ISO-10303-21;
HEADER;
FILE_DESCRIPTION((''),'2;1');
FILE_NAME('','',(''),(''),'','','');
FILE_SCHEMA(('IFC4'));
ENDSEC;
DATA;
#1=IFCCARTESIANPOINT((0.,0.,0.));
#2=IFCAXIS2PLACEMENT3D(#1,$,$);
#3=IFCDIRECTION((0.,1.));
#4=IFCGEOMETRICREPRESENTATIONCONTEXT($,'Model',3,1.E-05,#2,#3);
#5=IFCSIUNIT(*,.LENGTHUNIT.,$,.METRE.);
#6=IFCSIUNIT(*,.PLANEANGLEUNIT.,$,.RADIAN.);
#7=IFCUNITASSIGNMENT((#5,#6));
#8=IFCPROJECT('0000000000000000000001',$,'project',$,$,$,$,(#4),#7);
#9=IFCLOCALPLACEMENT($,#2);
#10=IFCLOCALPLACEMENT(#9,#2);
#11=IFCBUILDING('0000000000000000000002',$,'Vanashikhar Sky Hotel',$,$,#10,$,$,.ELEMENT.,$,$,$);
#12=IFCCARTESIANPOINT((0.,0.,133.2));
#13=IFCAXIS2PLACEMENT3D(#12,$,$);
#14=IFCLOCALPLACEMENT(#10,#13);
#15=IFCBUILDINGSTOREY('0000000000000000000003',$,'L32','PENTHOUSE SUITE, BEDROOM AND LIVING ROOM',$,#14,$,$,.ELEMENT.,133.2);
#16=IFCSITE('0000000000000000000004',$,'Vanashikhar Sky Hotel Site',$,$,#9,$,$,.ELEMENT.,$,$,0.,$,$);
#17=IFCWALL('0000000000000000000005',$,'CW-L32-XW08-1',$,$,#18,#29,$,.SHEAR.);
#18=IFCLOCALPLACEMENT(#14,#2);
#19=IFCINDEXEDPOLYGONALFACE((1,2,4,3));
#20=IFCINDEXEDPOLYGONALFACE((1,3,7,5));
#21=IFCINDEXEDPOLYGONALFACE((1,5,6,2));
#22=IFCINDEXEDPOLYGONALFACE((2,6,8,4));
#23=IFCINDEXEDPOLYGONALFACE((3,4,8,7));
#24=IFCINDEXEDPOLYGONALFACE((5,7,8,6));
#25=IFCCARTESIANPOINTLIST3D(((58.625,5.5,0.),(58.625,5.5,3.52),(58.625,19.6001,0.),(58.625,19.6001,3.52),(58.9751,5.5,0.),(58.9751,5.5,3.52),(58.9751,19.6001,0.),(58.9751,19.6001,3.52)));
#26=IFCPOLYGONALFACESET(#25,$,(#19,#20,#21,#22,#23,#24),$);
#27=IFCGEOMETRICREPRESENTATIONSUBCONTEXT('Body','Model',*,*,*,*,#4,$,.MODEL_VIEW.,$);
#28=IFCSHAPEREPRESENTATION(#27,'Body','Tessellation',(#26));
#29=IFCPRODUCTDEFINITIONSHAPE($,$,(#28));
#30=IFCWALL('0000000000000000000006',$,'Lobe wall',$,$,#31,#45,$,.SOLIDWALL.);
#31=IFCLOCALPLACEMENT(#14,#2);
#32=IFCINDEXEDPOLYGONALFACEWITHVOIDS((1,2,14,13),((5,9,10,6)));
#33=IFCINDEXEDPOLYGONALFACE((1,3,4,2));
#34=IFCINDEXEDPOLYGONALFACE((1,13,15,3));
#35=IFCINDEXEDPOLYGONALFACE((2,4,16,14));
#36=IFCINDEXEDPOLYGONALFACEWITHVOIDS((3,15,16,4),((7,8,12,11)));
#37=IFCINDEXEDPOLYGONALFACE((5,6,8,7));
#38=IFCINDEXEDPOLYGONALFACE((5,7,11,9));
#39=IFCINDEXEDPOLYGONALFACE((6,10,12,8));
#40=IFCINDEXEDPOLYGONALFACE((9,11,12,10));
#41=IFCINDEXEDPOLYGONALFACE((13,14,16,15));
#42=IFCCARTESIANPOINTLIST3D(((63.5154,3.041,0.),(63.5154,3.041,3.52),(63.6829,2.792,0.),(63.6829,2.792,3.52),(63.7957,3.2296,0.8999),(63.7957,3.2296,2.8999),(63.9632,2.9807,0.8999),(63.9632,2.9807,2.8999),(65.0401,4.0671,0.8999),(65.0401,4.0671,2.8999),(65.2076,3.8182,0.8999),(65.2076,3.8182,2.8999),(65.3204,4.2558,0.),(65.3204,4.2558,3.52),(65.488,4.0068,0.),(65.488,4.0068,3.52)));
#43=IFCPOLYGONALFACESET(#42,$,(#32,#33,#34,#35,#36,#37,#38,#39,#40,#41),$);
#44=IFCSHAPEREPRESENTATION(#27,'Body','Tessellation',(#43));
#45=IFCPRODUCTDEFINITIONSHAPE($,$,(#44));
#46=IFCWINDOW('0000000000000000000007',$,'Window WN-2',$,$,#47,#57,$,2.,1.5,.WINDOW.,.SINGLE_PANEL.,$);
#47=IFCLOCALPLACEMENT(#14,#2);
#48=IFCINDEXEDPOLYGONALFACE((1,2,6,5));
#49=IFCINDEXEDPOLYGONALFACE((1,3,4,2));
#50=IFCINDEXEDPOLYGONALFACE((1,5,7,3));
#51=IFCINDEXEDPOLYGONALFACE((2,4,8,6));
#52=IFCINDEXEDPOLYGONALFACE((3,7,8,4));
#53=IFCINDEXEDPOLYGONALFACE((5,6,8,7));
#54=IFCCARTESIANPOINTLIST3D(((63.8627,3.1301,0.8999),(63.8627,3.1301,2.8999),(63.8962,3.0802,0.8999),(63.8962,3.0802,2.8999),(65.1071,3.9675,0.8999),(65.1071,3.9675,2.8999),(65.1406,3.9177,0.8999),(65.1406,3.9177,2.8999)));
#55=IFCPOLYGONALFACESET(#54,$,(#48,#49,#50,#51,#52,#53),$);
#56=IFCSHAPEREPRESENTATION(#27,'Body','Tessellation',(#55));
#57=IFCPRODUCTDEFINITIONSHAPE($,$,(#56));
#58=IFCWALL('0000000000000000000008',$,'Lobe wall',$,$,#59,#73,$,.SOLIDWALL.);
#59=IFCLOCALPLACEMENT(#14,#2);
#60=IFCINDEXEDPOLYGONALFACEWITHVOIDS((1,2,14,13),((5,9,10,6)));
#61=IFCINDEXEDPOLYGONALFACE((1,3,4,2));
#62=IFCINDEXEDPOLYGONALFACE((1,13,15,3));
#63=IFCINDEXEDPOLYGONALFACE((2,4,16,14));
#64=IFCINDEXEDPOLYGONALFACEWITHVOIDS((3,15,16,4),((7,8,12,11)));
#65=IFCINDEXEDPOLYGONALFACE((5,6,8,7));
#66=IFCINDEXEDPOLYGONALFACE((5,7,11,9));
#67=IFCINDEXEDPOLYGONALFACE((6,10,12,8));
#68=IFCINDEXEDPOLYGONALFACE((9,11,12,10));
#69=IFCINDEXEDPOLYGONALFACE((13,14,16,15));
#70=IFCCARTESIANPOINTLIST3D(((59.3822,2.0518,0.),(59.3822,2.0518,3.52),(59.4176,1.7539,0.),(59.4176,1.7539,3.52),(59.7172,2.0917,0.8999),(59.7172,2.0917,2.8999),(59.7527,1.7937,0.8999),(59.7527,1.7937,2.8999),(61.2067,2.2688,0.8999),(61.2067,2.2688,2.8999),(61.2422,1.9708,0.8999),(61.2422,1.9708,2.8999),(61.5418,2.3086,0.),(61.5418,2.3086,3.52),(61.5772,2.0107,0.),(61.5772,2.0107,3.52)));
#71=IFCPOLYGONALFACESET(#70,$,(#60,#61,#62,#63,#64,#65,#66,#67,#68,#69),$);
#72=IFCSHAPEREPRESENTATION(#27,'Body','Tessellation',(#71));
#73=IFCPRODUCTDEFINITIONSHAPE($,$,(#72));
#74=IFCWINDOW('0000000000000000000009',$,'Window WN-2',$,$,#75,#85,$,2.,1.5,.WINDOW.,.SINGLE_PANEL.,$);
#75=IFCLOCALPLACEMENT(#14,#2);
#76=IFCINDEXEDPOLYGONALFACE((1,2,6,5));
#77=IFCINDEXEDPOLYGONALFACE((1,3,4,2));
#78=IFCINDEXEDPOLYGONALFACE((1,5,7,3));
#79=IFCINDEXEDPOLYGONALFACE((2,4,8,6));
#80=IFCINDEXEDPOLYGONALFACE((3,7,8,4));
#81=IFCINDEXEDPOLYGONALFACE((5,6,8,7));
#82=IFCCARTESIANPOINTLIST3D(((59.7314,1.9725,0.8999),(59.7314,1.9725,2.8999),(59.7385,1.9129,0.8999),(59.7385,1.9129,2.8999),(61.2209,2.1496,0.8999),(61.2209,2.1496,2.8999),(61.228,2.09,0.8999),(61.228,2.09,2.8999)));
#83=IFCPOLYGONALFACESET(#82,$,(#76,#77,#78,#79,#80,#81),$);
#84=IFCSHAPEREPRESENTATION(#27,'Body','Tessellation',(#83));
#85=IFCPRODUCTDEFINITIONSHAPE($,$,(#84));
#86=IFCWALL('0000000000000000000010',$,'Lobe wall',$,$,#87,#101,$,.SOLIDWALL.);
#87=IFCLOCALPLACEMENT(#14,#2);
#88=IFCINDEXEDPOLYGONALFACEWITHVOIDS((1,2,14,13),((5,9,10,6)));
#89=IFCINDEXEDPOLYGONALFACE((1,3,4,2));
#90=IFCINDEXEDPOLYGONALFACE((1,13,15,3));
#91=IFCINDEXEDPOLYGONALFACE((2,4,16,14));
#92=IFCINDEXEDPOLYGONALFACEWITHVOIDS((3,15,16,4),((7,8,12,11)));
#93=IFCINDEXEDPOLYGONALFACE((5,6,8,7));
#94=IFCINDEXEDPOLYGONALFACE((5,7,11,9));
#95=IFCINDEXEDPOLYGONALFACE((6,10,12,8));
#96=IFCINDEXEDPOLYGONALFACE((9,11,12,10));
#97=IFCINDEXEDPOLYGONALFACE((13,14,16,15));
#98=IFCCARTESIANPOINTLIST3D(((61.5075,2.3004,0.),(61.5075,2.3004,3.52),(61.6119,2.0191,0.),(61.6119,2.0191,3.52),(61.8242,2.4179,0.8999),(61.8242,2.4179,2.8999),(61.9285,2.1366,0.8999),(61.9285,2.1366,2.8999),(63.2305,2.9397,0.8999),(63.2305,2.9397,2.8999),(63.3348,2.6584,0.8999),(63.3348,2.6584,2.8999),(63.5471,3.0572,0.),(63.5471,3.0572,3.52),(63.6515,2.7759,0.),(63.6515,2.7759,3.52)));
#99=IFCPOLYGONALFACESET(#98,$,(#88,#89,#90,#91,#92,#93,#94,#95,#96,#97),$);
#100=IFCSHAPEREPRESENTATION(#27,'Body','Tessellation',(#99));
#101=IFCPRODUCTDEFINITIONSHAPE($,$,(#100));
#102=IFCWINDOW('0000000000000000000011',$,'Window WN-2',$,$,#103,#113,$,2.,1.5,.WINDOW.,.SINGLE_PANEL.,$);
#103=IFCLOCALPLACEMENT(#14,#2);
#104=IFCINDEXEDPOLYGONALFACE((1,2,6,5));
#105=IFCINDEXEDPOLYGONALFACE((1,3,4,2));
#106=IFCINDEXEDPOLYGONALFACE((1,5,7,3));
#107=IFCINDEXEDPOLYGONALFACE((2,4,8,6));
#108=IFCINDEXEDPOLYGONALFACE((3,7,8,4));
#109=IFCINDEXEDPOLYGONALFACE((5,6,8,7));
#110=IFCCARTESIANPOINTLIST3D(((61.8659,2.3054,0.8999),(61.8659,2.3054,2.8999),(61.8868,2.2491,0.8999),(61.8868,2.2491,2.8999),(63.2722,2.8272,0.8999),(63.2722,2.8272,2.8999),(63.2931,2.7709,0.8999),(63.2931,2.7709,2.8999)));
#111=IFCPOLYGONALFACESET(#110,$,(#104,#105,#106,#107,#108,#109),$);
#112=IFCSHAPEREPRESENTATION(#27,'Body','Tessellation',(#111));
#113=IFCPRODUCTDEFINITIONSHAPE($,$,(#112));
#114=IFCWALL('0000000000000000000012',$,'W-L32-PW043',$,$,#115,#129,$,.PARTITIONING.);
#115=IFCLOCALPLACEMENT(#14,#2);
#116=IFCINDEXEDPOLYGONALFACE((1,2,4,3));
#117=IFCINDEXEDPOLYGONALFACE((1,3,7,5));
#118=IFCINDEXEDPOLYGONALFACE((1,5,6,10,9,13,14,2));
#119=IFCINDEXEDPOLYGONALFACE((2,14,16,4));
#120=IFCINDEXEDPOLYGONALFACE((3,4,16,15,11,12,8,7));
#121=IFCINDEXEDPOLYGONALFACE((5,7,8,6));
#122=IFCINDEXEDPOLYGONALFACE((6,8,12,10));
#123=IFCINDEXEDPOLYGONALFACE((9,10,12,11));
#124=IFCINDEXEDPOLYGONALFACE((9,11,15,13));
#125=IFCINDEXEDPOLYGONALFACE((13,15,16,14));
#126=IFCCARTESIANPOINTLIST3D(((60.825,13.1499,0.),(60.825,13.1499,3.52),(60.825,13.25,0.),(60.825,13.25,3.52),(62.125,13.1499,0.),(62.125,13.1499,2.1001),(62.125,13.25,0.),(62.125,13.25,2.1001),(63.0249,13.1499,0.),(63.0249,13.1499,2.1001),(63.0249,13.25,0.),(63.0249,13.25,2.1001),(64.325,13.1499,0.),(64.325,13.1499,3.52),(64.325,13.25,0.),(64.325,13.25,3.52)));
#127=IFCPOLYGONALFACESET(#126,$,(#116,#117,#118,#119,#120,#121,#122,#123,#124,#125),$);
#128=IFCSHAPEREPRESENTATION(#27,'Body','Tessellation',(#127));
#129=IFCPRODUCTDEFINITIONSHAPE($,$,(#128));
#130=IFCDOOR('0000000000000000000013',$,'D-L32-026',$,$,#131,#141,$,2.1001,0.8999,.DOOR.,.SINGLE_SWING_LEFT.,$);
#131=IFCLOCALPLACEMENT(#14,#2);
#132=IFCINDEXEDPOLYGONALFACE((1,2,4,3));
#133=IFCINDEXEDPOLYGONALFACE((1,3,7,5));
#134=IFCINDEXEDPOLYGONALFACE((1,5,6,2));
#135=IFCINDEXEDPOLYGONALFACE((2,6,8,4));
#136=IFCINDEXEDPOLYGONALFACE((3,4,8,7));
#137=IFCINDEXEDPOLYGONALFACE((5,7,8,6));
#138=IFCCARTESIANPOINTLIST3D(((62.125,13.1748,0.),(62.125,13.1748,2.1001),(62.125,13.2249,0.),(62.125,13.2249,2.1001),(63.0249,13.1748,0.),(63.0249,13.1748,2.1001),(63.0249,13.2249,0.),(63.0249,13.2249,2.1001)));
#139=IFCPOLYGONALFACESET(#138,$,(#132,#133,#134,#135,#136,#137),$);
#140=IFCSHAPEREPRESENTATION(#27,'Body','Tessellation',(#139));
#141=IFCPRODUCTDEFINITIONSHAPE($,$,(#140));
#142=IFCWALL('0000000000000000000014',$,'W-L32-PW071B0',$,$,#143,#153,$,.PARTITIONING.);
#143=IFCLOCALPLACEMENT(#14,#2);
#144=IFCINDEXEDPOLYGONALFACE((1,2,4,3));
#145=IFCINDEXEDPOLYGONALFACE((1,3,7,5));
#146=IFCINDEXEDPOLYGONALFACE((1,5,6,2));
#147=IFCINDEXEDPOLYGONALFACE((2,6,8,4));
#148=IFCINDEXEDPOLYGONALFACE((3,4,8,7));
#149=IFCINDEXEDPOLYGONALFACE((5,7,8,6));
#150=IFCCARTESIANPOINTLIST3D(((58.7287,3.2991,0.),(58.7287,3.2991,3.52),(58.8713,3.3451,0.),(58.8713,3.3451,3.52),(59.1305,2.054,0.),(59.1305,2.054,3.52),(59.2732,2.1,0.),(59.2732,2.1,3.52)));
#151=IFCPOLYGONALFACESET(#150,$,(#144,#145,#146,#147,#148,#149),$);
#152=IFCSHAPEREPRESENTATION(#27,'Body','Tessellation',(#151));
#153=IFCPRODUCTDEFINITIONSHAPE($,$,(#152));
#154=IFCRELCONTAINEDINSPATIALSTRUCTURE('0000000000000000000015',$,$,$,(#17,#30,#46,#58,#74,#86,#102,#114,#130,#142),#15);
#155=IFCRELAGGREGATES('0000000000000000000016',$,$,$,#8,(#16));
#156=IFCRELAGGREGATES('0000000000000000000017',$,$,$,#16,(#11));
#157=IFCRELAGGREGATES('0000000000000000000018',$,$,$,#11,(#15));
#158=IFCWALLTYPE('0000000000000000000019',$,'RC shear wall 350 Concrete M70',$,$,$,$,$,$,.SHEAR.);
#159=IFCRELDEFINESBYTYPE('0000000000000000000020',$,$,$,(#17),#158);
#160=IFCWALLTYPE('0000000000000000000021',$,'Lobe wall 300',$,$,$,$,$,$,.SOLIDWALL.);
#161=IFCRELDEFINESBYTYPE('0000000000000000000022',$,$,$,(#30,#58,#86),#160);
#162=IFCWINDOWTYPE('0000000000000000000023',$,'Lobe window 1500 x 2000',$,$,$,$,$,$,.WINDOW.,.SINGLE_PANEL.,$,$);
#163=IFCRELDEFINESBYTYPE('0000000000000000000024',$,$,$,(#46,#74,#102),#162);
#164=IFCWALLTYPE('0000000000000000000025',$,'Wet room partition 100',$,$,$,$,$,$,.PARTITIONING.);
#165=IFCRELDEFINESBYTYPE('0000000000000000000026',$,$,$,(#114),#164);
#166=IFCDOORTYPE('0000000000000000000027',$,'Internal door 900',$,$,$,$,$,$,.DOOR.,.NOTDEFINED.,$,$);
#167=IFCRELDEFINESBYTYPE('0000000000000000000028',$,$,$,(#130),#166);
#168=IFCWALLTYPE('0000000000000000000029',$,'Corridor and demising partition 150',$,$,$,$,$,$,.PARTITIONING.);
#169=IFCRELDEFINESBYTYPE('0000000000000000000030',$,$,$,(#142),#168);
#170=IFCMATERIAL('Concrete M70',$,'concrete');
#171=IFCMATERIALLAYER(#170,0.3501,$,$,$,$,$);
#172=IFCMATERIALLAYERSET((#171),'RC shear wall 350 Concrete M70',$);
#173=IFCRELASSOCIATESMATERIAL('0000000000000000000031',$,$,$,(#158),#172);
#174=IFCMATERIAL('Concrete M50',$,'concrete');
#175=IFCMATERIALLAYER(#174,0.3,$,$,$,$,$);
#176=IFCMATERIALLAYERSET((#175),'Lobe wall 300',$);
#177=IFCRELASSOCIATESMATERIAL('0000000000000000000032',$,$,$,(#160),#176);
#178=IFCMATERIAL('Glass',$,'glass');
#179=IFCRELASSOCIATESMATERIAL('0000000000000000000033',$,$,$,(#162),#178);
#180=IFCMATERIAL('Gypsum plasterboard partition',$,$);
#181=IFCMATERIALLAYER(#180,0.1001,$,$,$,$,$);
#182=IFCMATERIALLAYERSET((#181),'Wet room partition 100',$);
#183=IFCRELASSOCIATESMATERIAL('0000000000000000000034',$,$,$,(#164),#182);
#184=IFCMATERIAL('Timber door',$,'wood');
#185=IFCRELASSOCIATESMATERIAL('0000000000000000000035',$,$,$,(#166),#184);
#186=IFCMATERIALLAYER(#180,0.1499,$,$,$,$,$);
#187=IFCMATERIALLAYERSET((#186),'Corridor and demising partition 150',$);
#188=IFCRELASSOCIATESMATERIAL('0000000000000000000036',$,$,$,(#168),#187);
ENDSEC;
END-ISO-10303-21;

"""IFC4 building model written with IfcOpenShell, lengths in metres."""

from ifc_helpers import new_model, si_unit, direction, frame, frame_2d, origin, place, context, subcontext, project, spatial, rectangle, extrude, source, transform, mapped, material, layer, layer_set, type_object, element, fill, save


model = new_model("IFC4")

# Units and contexts
model_context = context("Model", 3, precision=1e-05, world=origin(), true_north=direction((0.0, 1.0)))
body_context = subcontext(model_context, "Body", "Model", "MODEL_VIEW")
ifc_project = project(units=[si_unit("LENGTHUNIT", "METRE"), si_unit("PLANEANGLEUNIT", "RADIAN")], contexts=[model_context])

# Site, building, storey
site_placement = place(None, origin())
site = spatial("IfcSite", under=ifc_project, at=site_placement, Name="Vanashikhar Sky Hotel Site", CompositionType="ELEMENT", RefElevation=0.0)
building_placement = place(site_placement, origin())
building = spatial("IfcBuilding", under=site, at=building_placement, Name="Vanashikhar Sky Hotel", CompositionType="ELEMENT")
storey_placement = place(building_placement, frame((0.0, 0.0, 133.2)))
storey = spatial("IfcBuildingStorey", under=building, at=storey_placement, Name="L32", Description="PENTHOUSE SUITE, BEDROOM AND LIVING ROOM", CompositionType="ELEMENT", Elevation=133.2)

# Wall
ifc_material_1 = material(Name="Concrete M70", Category="concrete")
ifc_layer_1 = layer(ifc_material_1, 0.3501)
ifc_layer_set_1 = layer_set([ifc_layer_1], Name="RC shear wall 350 Concrete M70")
wall_type_1 = type_object("IfcWallType", Name="RC shear wall 350 Concrete M70", PredefinedType="SHEAR", material=ifc_layer_set_1)
shared_shape_1 = source(origin(), body_context, "Body", "SweptSolid", [
    extrude(rectangle(XDim=14.1001, YDim=0.3501, at=frame_2d((7.05, 0.0))), origin(), (0.0, 0.0, 1.0), 3.52),
])
wall_1_placement = place(storey_placement, frame((58.8, 5.5, 0.0), z_axis=(0.0, 0.0, 1.0), x_axis=(0.0, 1.0, 0.0)))
element("IfcWall", 1, at=wall_1_placement, inside=storey, type_object=wall_type_1, Name="CW-L32-XW08-1", PredefinedType="SHEAR", context=body_context, shape_type="MappedRepresentation", body=[
    mapped(shared_shape_1, transform((0.0, 0.0, 0.0), scale=1.0)),
])

# Walls, openings, windows
ifc_material_2 = material(Name="Concrete M50", Category="concrete")
ifc_layer_2 = layer(ifc_material_2, 0.3)
ifc_layer_set_2 = layer_set([ifc_layer_2], Name="Lobe wall 300")
wall_type_2 = type_object("IfcWallType", Name="Lobe wall 300", PredefinedType="SOLIDWALL", material=ifc_layer_set_2)
shared_shape_2 = source(origin(), body_context, "Body", "SweptSolid", [
    extrude(rectangle(XDim=2.1758, YDim=0.3, at=frame_2d((1.0879, 0.0))), origin(), (0.0, 0.0, 1.0), 3.52),
])
wall_2_placement = place(storey_placement, frame((63.5991, 2.9165, 0.0), z_axis=(0.0, 0.0, 1.0), x_axis=(0.829626, 0.55832, 0.0)))
wall_2 = element("IfcWall", 2, at=wall_2_placement, inside=storey, type_object=wall_type_2, Name="Lobe wall", PredefinedType="SOLIDWALL", context=body_context, shape_type="MappedRepresentation", body=[
    mapped(shared_shape_2, transform((0.0, 0.0, 0.0), scale=1.0)),
])
shared_shape_3 = source(origin(), body_context, "Body", "SweptSolid", [
    extrude(rectangle(XDim=1.5, YDim=2.0, at=frame_2d((0.75, 1.0))), frame((0.0, 0.1602, 0.0), z_axis=(0.0, -1.0, 0.0), x_axis=(1.0, 0.0, 0.0)), (0.0, 0.0, 1.0), 0.3201),
])
opening_1_placement = place(wall_2_placement, frame((0.3379, 0.0, 0.8999)))
opening_1 = element("IfcOpeningElement", 3, at=opening_1_placement, cuts=wall_2, PredefinedType="OPENING", context=body_context, shape_type="MappedRepresentation", body=[
    mapped(shared_shape_3, transform((0.0, 0.0, 0.0), scale=1.0)),
])
ifc_material_3 = material(Name="Glass", Category="glass")
window_type = type_object("IfcWindowType", Name="Lobe window 1500 x 2000", PartitioningType="SINGLE_PANEL", PredefinedType="WINDOW", material=ifc_material_3)
shared_shape_4 = source(origin(), body_context, "Body", "SweptSolid", [
    extrude(rectangle(XDim=1.5, YDim=2.0, at=frame_2d((0.75, 1.0))), frame((0.0, 0.03, 0.0), z_axis=(0.0, -1.0, 0.0), x_axis=(1.0, 0.0, 0.0)), (0.0, 0.0, 1.0), 0.0601),
])
window_1_placement = place(opening_1_placement, origin())
window_1 = element("IfcWindow", 4, at=window_1_placement, inside=storey, type_object=window_type, Name="Window WN-2", OverallHeight=2.0, OverallWidth=1.5, PartitioningType="SINGLE_PANEL", PredefinedType="WINDOW", context=body_context, shape_type="MappedRepresentation", body=[
    mapped(shared_shape_4, transform((0.0, 0.0, 0.0), scale=1.0)),
])
fill(opening_1, window_1)
shared_shape_5 = source(origin(), body_context, "Body", "SweptSolid", [
    extrude(rectangle(XDim=2.1748, YDim=0.3, at=frame_2d((1.0874, 0.0))), origin(), (0.0, 0.0, 1.0), 3.52),
])
wall_3_placement = place(storey_placement, frame((59.3999, 1.9028, 0.0), z_axis=(0.0, 0.0, 1.0), x_axis=(0.993003, 0.118092, 0.0)))
wall_3 = element("IfcWall", 5, at=wall_3_placement, inside=storey, type_object=wall_type_2, Name="Lobe wall", PredefinedType="SOLIDWALL", context=body_context, shape_type="MappedRepresentation", body=[
    mapped(shared_shape_5, transform((0.0, 0.0, 0.0), scale=1.0)),
])
opening_2_placement = place(wall_3_placement, frame((0.3374, 0.0, 0.8999)))
opening_2 = element("IfcOpeningElement", 6, at=opening_2_placement, cuts=wall_3, PredefinedType="OPENING", context=body_context, shape_type="MappedRepresentation", body=[
    mapped(shared_shape_3, transform((0.0, 0.0, 0.0), scale=1.0)),
])
window_2_placement = place(opening_2_placement, origin())
window_2 = element("IfcWindow", 7, at=window_2_placement, inside=storey, type_object=window_type, Name="Window WN-2", OverallHeight=2.0, OverallWidth=1.5, PartitioningType="SINGLE_PANEL", PredefinedType="WINDOW", context=body_context, shape_type="MappedRepresentation", body=[
    mapped(shared_shape_4, transform((0.0, 0.0, 0.0), scale=1.0)),
])
fill(opening_2, window_2)
shared_shape_6 = source(origin(), body_context, "Body", "SweptSolid", [
    extrude(rectangle(XDim=2.1755, YDim=0.3, at=frame_2d((1.0879, 0.0))), origin(), (0.0, 0.0, 1.0), 3.52),
])
wall_4_placement = place(storey_placement, frame((61.5596, 2.1597, 0.0), z_axis=(0.0, 0.0, 1.0), x_axis=(0.937532, 0.347899, 0.0)))
wall_4 = element("IfcWall", 8, at=wall_4_placement, inside=storey, type_object=wall_type_2, Name="Lobe wall", PredefinedType="SOLIDWALL", context=body_context, shape_type="MappedRepresentation", body=[
    mapped(shared_shape_6, transform((0.0, 0.0, 0.0), scale=1.0)),
])
opening_3_placement = place(wall_4_placement, frame((0.3379, 0.0, 0.8999)))
opening_3 = element("IfcOpeningElement", 9, at=opening_3_placement, cuts=wall_4, PredefinedType="OPENING", context=body_context, shape_type="MappedRepresentation", body=[
    mapped(shared_shape_3, transform((0.0, 0.0, 0.0), scale=1.0)),
])
window_3_placement = place(opening_3_placement, origin())
window_3 = element("IfcWindow", 10, at=window_3_placement, inside=storey, type_object=window_type, Name="Window WN-2", OverallHeight=2.0, OverallWidth=1.5, PartitioningType="SINGLE_PANEL", PredefinedType="WINDOW", context=body_context, shape_type="MappedRepresentation", body=[
    mapped(shared_shape_4, transform((0.0, 0.0, 0.0), scale=1.0)),
])
fill(opening_3, window_3)

# Wall, opening, door
ifc_material_4 = material(Name="Gypsum plasterboard partition")
ifc_layer_3 = layer(ifc_material_4, 0.1001)
ifc_layer_set_3 = layer_set([ifc_layer_3], Name="Wet room partition 100")
wall_type_3 = type_object("IfcWallType", Name="Wet room partition 100", PredefinedType="PARTITIONING", material=ifc_layer_set_3)
shared_shape_7 = source(origin(), body_context, "Body", "SweptSolid", [
    extrude(rectangle(XDim=3.5, YDim=0.1001, at=frame_2d((1.75, 0.0))), origin(), (0.0, 0.0, 1.0), 3.52),
])
wall_5_placement = place(storey_placement, frame((60.825, 13.2, 0.0), z_axis=(0.0, 0.0, 1.0), x_axis=(1.0, 0.0, 0.0)))
wall_5 = element("IfcWall", 11, at=wall_5_placement, inside=storey, type_object=wall_type_3, Name="W-L32-PW043", PredefinedType="PARTITIONING", context=body_context, shape_type="MappedRepresentation", body=[
    mapped(shared_shape_7, transform((0.0, 0.0, 0.0), scale=1.0)),
])
shared_shape_8 = source(origin(), body_context, "Body", "SweptSolid", [
    extrude(rectangle(XDim=0.8999, YDim=2.1001, at=frame_2d((0.45, 1.05))), frame((0.0, 0.0601, 0.0), z_axis=(0.0, -1.0, 0.0), x_axis=(1.0, 0.0, 0.0)), (0.0, 0.0, 1.0), 0.1201),
])
opening_4_placement = place(wall_5_placement, frame((1.3, 0.0, 0.0)))
opening_4 = element("IfcOpeningElement", 12, at=opening_4_placement, cuts=wall_5, PredefinedType="OPENING", context=body_context, shape_type="MappedRepresentation", body=[
    mapped(shared_shape_8, transform((0.0, 0.0, 0.0), scale=1.0)),
])
ifc_material_5 = material(Name="Timber door", Category="wood")
door_type_1 = type_object("IfcDoorType", Name="Internal door 900", OperationType="NOTDEFINED", PredefinedType="DOOR", material=ifc_material_5)
shared_shape_9 = source(origin(), body_context, "Body", "SweptSolid", [
    extrude(rectangle(XDim=0.8999, YDim=2.1001, at=frame_2d((0.45, 1.05))), frame((0.0, 0.0249, 0.0), z_axis=(0.0, -1.0, 0.0), x_axis=(1.0, 0.0, 0.0)), (0.0, 0.0, 1.0), 0.05),
])
door_1_placement = place(opening_4_placement, origin())
door_1 = element("IfcDoor", 13, at=door_1_placement, inside=storey, type_object=door_type_1, Name="D-L32-026", OperationType="SINGLE_SWING_LEFT", OverallHeight=2.1001, OverallWidth=0.8999, PredefinedType="DOOR", context=body_context, shape_type="MappedRepresentation", body=[
    mapped(shared_shape_9, transform((0.0, 0.0, 0.0), scale=1.0)),
])
fill(opening_4, door_1)

# Wall
ifc_layer_4 = layer(ifc_material_4, 0.1499)
ifc_layer_set_4 = layer_set([ifc_layer_4], Name="Corridor and demising partition 150")
wall_type_4 = type_object("IfcWallType", Name="Corridor and demising partition 150", PredefinedType="PARTITIONING", material=ifc_layer_set_4)
shared_shape_10 = source(origin(), body_context, "Body", "SweptSolid", [
    extrude(rectangle(XDim=1.3083, YDim=0.1499, at=frame_2d((0.6543, 0.0))), origin(), (0.0, 0.0, 1.0), 3.52),
])
wall_6_placement = place(storey_placement, frame((59.2019, 2.0769, 0.0), z_axis=(0.0, 0.0, 1.0), x_axis=(-0.307145, 0.951663, 0.0)))
element("IfcWall", 14, at=wall_6_placement, inside=storey, type_object=wall_type_4, Name="W-L32-PW071B0", PredefinedType="PARTITIONING", context=body_context, shape_type="MappedRepresentation", body=[
    mapped(shared_shape_10, transform((0.0, 0.0, 0.0), scale=1.0)),
])

save(model, "model.ifc")
